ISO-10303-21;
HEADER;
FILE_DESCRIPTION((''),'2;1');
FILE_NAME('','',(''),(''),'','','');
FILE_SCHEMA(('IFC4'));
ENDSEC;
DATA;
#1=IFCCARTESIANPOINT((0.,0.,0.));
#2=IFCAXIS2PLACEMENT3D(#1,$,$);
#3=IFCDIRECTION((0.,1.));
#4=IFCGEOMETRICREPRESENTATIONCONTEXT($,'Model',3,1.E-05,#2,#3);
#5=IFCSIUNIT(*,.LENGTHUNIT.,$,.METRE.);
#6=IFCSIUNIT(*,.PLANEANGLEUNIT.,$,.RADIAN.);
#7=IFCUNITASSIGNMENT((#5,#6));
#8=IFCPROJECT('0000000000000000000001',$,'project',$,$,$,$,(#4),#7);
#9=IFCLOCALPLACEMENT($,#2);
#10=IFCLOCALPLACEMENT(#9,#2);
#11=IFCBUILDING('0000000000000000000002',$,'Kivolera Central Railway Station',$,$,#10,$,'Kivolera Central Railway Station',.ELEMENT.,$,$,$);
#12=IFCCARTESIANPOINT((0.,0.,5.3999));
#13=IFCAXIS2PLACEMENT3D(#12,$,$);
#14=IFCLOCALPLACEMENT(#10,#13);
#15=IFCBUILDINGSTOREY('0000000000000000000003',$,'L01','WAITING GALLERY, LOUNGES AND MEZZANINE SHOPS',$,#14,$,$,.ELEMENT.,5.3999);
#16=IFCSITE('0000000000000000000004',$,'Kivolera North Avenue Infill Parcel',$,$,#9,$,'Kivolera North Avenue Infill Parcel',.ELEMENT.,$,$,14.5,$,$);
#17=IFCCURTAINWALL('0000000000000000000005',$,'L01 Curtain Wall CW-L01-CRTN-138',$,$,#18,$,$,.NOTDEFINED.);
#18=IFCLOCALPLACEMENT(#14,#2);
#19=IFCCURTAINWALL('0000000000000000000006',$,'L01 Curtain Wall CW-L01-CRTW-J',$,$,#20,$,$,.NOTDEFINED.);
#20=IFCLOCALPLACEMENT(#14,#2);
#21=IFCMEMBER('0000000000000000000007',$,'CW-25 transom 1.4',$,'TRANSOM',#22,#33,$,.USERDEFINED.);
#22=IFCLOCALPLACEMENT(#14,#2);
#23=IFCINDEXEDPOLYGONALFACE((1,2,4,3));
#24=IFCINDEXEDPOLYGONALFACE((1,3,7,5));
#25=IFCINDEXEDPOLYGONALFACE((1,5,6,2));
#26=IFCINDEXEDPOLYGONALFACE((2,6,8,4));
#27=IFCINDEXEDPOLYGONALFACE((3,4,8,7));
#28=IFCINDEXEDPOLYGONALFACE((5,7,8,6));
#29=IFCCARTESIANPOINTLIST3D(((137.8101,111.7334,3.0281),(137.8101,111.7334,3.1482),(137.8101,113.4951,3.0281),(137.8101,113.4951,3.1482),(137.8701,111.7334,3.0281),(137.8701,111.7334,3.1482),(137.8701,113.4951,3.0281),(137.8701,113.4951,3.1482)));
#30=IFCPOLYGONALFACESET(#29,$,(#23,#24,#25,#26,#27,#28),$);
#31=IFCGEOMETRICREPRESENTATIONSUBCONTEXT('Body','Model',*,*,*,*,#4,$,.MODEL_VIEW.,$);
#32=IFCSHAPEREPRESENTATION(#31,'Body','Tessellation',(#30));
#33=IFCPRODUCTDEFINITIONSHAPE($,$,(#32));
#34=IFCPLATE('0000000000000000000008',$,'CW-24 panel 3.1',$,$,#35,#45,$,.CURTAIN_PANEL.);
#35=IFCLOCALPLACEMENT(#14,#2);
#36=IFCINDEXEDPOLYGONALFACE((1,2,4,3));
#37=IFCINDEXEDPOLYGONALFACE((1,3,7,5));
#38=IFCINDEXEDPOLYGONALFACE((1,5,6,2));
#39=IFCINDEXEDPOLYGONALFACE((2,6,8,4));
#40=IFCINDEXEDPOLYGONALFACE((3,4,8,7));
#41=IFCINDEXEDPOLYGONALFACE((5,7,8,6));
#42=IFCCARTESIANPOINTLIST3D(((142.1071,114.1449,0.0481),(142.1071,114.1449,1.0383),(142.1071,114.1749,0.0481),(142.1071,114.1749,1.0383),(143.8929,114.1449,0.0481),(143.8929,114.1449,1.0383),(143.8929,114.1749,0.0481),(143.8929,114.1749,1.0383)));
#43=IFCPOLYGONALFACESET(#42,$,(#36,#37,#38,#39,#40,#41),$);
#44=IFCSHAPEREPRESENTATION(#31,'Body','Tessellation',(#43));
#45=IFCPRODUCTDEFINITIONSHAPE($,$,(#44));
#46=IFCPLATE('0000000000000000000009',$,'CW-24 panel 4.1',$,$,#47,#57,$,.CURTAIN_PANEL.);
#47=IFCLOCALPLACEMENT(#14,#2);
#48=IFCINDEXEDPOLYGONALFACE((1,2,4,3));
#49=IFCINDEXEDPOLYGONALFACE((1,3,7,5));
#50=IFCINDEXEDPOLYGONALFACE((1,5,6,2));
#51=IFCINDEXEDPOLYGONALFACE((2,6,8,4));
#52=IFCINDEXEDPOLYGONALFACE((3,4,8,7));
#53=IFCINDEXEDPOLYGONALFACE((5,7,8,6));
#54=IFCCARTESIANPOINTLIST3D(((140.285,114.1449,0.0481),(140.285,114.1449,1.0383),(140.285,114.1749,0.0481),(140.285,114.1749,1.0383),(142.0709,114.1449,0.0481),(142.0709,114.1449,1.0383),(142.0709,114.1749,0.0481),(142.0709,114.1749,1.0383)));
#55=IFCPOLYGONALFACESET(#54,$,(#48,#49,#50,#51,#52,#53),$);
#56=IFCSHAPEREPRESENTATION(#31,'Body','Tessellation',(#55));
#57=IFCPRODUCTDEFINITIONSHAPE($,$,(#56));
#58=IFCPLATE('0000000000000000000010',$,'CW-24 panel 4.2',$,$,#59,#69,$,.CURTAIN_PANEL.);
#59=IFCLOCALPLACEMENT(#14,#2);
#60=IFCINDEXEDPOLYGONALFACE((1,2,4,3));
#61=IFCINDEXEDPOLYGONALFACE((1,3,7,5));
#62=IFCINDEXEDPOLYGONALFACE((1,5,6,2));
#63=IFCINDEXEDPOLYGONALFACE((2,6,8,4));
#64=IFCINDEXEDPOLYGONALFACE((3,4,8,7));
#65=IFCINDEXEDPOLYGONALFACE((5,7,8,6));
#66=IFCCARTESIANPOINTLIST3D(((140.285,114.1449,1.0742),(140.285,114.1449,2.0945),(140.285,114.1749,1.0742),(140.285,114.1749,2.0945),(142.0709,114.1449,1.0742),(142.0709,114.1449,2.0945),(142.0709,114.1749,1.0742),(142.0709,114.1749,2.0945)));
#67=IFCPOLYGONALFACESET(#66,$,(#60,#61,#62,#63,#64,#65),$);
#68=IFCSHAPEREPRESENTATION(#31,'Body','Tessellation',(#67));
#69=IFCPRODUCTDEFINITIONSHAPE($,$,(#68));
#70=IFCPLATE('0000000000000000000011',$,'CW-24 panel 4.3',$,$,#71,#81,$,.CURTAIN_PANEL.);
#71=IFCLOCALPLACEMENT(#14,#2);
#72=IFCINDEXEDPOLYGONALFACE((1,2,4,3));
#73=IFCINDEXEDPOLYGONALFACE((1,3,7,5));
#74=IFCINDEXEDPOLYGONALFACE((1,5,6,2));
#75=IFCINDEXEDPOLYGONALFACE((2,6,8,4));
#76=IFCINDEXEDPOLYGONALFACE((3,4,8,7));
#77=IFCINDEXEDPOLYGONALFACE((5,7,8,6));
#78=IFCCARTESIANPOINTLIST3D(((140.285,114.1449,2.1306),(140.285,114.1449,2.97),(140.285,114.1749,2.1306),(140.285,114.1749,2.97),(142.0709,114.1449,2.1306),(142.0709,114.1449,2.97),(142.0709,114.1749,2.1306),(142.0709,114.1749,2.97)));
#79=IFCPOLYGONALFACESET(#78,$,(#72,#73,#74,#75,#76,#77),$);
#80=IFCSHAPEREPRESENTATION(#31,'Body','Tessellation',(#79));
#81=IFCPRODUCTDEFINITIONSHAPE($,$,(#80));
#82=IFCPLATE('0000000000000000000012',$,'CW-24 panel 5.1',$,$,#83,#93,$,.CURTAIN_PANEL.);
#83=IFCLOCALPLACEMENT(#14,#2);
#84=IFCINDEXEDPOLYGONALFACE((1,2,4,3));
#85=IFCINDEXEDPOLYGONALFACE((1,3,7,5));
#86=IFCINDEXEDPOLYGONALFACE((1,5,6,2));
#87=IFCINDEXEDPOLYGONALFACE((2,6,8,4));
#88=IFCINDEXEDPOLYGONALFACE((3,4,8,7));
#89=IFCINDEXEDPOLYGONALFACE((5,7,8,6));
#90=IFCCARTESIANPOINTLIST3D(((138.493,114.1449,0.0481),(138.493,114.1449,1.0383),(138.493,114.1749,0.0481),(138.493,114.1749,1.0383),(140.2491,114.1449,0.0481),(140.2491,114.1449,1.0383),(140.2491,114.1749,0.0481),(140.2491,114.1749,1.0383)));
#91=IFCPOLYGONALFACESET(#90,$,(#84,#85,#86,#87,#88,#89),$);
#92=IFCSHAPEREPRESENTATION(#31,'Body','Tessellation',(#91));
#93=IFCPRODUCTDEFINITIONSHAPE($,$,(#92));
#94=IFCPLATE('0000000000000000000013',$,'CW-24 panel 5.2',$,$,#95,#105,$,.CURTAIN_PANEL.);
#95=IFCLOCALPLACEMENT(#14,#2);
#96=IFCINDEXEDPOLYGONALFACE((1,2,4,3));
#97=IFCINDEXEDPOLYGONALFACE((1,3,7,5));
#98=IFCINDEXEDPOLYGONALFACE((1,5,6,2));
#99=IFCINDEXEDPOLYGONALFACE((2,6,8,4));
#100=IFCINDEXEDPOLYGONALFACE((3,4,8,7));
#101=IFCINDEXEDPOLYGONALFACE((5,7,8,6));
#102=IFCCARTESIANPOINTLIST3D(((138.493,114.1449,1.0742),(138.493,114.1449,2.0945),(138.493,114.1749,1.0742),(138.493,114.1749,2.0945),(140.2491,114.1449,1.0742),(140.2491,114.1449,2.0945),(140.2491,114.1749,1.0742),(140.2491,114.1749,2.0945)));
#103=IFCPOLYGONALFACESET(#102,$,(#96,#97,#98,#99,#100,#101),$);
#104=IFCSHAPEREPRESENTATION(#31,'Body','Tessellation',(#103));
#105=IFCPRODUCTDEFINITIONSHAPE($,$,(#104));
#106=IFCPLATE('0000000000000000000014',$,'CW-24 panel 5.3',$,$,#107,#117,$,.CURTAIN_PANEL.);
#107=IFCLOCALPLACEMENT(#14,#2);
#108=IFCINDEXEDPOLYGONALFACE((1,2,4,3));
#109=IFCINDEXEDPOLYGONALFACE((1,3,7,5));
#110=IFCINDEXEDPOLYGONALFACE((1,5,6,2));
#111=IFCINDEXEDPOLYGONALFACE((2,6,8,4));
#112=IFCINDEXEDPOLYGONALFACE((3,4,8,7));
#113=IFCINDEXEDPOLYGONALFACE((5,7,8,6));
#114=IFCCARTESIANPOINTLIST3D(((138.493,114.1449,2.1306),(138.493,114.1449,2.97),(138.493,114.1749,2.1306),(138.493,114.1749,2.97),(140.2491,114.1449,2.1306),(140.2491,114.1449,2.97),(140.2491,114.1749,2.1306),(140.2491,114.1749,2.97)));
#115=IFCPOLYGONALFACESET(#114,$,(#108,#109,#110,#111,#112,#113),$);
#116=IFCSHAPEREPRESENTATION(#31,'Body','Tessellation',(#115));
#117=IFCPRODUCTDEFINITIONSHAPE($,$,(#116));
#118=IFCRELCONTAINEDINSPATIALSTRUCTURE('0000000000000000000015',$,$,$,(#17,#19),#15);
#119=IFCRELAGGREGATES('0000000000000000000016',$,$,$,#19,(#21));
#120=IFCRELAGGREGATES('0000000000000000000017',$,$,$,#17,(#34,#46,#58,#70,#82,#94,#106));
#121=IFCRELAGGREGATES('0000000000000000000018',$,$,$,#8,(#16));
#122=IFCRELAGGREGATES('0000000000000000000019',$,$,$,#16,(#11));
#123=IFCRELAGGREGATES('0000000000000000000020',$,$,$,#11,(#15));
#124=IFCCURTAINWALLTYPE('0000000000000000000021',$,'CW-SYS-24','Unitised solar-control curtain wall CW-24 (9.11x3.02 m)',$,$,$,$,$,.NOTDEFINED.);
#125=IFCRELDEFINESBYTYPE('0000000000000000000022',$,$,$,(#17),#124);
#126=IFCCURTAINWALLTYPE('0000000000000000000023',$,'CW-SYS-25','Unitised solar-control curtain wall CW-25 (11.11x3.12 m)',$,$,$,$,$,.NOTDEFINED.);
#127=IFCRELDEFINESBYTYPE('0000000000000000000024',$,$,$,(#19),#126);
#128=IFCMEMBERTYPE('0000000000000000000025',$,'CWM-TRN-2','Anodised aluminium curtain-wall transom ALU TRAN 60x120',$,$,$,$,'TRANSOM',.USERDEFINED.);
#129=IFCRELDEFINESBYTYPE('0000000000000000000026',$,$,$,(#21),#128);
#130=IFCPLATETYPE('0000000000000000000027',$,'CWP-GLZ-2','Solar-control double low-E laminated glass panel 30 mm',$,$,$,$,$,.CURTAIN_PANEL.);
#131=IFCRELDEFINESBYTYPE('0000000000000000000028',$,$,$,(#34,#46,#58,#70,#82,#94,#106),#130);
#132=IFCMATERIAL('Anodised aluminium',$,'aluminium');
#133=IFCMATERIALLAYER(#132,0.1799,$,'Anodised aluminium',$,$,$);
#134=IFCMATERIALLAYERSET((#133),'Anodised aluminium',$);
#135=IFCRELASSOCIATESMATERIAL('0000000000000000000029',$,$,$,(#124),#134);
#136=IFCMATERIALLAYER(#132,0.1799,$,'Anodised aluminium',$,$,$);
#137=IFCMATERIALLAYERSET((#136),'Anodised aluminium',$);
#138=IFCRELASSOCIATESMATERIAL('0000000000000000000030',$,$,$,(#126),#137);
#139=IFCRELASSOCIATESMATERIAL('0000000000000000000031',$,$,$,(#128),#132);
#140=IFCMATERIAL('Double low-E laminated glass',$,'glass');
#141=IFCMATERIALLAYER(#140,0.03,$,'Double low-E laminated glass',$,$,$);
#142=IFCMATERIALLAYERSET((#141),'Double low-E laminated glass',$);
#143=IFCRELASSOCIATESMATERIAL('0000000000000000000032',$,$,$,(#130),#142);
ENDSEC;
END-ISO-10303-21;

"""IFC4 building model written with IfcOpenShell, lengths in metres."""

from ifc_helpers import new_model, si_unit, direction, frame, origin, origin_2d, place, context, subcontext, project, spatial, rectangle, extrude, material, layer, layer_set, material_profile, profile_set, type_object, element, aggregate, save


model = new_model("IFC4")

# Units and contexts
model_context = context("Model", 3, precision=1e-05, world=origin(), true_north=direction((0.0, 1.0)))
body_context = subcontext(model_context, "Body", "Model", "MODEL_VIEW")
ifc_project = project(units=[si_unit("LENGTHUNIT", "METRE"), si_unit("PLANEANGLEUNIT", "RADIAN")], contexts=[model_context])

# Site, building, storey
site_placement = place(None, origin())
site = spatial("IfcSite", under=ifc_project, at=site_placement, Name="Kivolera North Avenue Infill Parcel", LongName="Kivolera North Avenue Infill Parcel", CompositionType="ELEMENT", RefElevation=14.5)
building_placement = place(site_placement, origin())
building = spatial("IfcBuilding", under=site, at=building_placement, Name="Kivolera Central Railway Station", LongName="Kivolera Central Railway Station", CompositionType="ELEMENT")
storey_placement = place(building_placement, frame((0.0, 0.0, 5.3999)))
storey = spatial("IfcBuildingStorey", under=building, at=storey_placement, Name="L01", Description="WAITING GALLERY, LOUNGES AND MEZZANINE SHOPS", CompositionType="ELEMENT", Elevation=5.3999)

# Curtain wall
ifc_material_1 = material(Name="Anodised aluminium", Category="aluminium")
ifc_layer_1 = layer(ifc_material_1, 0.1799, Name="Anodised aluminium")
ifc_layer_set_1 = layer_set([ifc_layer_1], Name="Anodised aluminium")
curtain_wall_type_1 = type_object("IfcCurtainWallType", Name="CW-SYS-24", Description="Unitised solar-control curtain wall CW-24 (9.11x3.02 m)", PredefinedType="NOTDEFINED", material=ifc_layer_set_1)
curtain_wall_1_placement = place(storey_placement, origin())
curtain_wall_1 = element("IfcCurtainWall", 1, at=curtain_wall_1_placement, inside=storey, type_object=curtain_wall_type_1, Name="L01 Curtain Wall CW-L01-CRTN-138", PredefinedType="NOTDEFINED")

# Curtain wall
ifc_layer_2 = layer(ifc_material_1, 0.1799, Name="Anodised aluminium")
ifc_layer_set_2 = layer_set([ifc_layer_2], Name="Anodised aluminium")
curtain_wall_type_2 = type_object("IfcCurtainWallType", Name="CW-SYS-25", Description="Unitised solar-control curtain wall CW-25 (11.11x3.12 m)", PredefinedType="NOTDEFINED", material=ifc_layer_set_2)
curtain_wall_2_placement = place(storey_placement, origin())
curtain_wall_2 = element("IfcCurtainWall", 2, at=curtain_wall_2_placement, inside=storey, type_object=curtain_wall_type_2, Name="L01 Curtain Wall CW-L01-CRTW-J", PredefinedType="NOTDEFINED")

# Member
ifc_material_profile_1 = material_profile(ifc_material_1, rectangle(XDim=0.0601, YDim=0.1201, at=origin_2d()), Name="ALU TRAN 60x120")
ifc_profile_set_1 = profile_set([ifc_material_profile_1], Name="Anodised aluminium")
member_type_1 = type_object("IfcMemberType", Name="CWM-TRN-2", Description="Anodised aluminium curtain-wall transom ALU TRAN 60x120", ElementType="TRANSOM", PredefinedType="USERDEFINED", material=ifc_profile_set_1)
member_1_placement = place(storey_placement, frame((137.8401, 113.4951, 3.0881), z_axis=(0.0, -1.0, 0.0), x_axis=(1.0, 0.0, 0.0)))
member_1 = element("IfcMember", 3, at=member_1_placement, type_object=member_type_1, Name="CW-25 transom 1.4", ObjectType="TRANSOM", PredefinedType="USERDEFINED", context=body_context, shape_type="SweptSolid", body=[
    extrude(rectangle(XDim=0.0601, YDim=0.1201, at=origin_2d()), origin(), (0.0, 0.0, 1.0), 1.7617),
])
aggregate(curtain_wall_2, [member_1])

# Plates
ifc_material_2 = material(Name="Double low-E laminated glass", Category="glass")
ifc_layer_3 = layer(ifc_material_2, 0.03, Name="Double low-E laminated glass")
ifc_layer_set_3 = layer_set([ifc_layer_3], Name="Double low-E laminated glass")
plate_type = type_object("IfcPlateType", Name="CWP-GLZ-2", Description="Solar-control double low-E laminated glass panel 30 mm", PredefinedType="CURTAIN_PANEL", material=ifc_layer_set_3)
plate_1_placement = place(storey_placement, frame((143.0, 114.1599, 0.0481), z_axis=(0.0, 0.0, 1.0), x_axis=(-1.0, 0.0, 0.0)))
plate_1 = element("IfcPlate", 4, at=plate_1_placement, type_object=plate_type, Name="CW-24 panel 3.1", PredefinedType="CURTAIN_PANEL", context=body_context, shape_type="SweptSolid", body=[
    extrude(rectangle(XDim=1.7859, YDim=0.03, at=origin_2d()), origin(), (0.0, 0.0, 1.0), 0.9902),
])
plate_2_placement = place(storey_placement, frame((141.178, 114.1599, 0.0481), z_axis=(0.0, 0.0, 1.0), x_axis=(-1.0, 0.0, 0.0)))
plate_2 = element("IfcPlate", 5, at=plate_2_placement, type_object=plate_type, Name="CW-24 panel 4.1", PredefinedType="CURTAIN_PANEL", context=body_context, shape_type="SweptSolid", body=[
    extrude(rectangle(XDim=1.7859, YDim=0.03, at=origin_2d()), origin(), (0.0, 0.0, 1.0), 0.9902),
])
plate_3_placement = place(storey_placement, frame((141.178, 114.1599, 1.0742), z_axis=(0.0, 0.0, 1.0), x_axis=(-1.0, 0.0, 0.0)))
plate_3 = element("IfcPlate", 6, at=plate_3_placement, type_object=plate_type, Name="CW-24 panel 4.2", PredefinedType="CURTAIN_PANEL", context=body_context, shape_type="SweptSolid", body=[
    extrude(rectangle(XDim=1.7859, YDim=0.03, at=origin_2d()), origin(), (0.0, 0.0, 1.0), 1.0203),
])
plate_4_placement = place(storey_placement, frame((141.178, 114.1599, 2.1306), z_axis=(0.0, 0.0, 1.0), x_axis=(-1.0, 0.0, 0.0)))
plate_4 = element("IfcPlate", 7, at=plate_4_placement, type_object=plate_type, Name="CW-24 panel 4.3", PredefinedType="CURTAIN_PANEL", context=body_context, shape_type="SweptSolid", body=[
    extrude(rectangle(XDim=1.7859, YDim=0.03, at=origin_2d()), origin(), (0.0, 0.0, 1.0), 0.8394),
])
plate_5_placement = place(storey_placement, frame((139.3711, 114.1599, 0.0481), z_axis=(0.0, 0.0, 1.0), x_axis=(-1.0, 0.0, 0.0)))
plate_5 = element("IfcPlate", 8, at=plate_5_placement, type_object=plate_type, Name="CW-24 panel 5.1", PredefinedType="CURTAIN_PANEL", context=body_context, shape_type="SweptSolid", body=[
    extrude(rectangle(XDim=1.7561, YDim=0.03, at=origin_2d()), origin(), (0.0, 0.0, 1.0), 0.9902),
])
plate_6_placement = place(storey_placement, frame((139.3711, 114.1599, 1.0742), z_axis=(0.0, 0.0, 1.0), x_axis=(-1.0, 0.0, 0.0)))
plate_6 = element("IfcPlate", 9, at=plate_6_placement, type_object=plate_type, Name="CW-24 panel 5.2", PredefinedType="CURTAIN_PANEL", context=body_context, shape_type="SweptSolid", body=[
    extrude(rectangle(XDim=1.7561, YDim=0.03, at=origin_2d()), origin(), (0.0, 0.0, 1.0), 1.0203),
])
plate_7_placement = place(storey_placement, frame((139.3711, 114.1599, 2.1306), z_axis=(0.0, 0.0, 1.0), x_axis=(-1.0, 0.0, 0.0)))
plate_7 = element("IfcPlate", 10, at=plate_7_placement, type_object=plate_type, Name="CW-24 panel 5.3", PredefinedType="CURTAIN_PANEL", context=body_context, shape_type="SweptSolid", body=[
    extrude(rectangle(XDim=1.7561, YDim=0.03, at=origin_2d()), origin(), (0.0, 0.0, 1.0), 0.8394),
])
aggregate(curtain_wall_1, [plate_1, plate_2, plate_3, plate_4, plate_5, plate_6, plate_7])

save(model, "model.ifc")
